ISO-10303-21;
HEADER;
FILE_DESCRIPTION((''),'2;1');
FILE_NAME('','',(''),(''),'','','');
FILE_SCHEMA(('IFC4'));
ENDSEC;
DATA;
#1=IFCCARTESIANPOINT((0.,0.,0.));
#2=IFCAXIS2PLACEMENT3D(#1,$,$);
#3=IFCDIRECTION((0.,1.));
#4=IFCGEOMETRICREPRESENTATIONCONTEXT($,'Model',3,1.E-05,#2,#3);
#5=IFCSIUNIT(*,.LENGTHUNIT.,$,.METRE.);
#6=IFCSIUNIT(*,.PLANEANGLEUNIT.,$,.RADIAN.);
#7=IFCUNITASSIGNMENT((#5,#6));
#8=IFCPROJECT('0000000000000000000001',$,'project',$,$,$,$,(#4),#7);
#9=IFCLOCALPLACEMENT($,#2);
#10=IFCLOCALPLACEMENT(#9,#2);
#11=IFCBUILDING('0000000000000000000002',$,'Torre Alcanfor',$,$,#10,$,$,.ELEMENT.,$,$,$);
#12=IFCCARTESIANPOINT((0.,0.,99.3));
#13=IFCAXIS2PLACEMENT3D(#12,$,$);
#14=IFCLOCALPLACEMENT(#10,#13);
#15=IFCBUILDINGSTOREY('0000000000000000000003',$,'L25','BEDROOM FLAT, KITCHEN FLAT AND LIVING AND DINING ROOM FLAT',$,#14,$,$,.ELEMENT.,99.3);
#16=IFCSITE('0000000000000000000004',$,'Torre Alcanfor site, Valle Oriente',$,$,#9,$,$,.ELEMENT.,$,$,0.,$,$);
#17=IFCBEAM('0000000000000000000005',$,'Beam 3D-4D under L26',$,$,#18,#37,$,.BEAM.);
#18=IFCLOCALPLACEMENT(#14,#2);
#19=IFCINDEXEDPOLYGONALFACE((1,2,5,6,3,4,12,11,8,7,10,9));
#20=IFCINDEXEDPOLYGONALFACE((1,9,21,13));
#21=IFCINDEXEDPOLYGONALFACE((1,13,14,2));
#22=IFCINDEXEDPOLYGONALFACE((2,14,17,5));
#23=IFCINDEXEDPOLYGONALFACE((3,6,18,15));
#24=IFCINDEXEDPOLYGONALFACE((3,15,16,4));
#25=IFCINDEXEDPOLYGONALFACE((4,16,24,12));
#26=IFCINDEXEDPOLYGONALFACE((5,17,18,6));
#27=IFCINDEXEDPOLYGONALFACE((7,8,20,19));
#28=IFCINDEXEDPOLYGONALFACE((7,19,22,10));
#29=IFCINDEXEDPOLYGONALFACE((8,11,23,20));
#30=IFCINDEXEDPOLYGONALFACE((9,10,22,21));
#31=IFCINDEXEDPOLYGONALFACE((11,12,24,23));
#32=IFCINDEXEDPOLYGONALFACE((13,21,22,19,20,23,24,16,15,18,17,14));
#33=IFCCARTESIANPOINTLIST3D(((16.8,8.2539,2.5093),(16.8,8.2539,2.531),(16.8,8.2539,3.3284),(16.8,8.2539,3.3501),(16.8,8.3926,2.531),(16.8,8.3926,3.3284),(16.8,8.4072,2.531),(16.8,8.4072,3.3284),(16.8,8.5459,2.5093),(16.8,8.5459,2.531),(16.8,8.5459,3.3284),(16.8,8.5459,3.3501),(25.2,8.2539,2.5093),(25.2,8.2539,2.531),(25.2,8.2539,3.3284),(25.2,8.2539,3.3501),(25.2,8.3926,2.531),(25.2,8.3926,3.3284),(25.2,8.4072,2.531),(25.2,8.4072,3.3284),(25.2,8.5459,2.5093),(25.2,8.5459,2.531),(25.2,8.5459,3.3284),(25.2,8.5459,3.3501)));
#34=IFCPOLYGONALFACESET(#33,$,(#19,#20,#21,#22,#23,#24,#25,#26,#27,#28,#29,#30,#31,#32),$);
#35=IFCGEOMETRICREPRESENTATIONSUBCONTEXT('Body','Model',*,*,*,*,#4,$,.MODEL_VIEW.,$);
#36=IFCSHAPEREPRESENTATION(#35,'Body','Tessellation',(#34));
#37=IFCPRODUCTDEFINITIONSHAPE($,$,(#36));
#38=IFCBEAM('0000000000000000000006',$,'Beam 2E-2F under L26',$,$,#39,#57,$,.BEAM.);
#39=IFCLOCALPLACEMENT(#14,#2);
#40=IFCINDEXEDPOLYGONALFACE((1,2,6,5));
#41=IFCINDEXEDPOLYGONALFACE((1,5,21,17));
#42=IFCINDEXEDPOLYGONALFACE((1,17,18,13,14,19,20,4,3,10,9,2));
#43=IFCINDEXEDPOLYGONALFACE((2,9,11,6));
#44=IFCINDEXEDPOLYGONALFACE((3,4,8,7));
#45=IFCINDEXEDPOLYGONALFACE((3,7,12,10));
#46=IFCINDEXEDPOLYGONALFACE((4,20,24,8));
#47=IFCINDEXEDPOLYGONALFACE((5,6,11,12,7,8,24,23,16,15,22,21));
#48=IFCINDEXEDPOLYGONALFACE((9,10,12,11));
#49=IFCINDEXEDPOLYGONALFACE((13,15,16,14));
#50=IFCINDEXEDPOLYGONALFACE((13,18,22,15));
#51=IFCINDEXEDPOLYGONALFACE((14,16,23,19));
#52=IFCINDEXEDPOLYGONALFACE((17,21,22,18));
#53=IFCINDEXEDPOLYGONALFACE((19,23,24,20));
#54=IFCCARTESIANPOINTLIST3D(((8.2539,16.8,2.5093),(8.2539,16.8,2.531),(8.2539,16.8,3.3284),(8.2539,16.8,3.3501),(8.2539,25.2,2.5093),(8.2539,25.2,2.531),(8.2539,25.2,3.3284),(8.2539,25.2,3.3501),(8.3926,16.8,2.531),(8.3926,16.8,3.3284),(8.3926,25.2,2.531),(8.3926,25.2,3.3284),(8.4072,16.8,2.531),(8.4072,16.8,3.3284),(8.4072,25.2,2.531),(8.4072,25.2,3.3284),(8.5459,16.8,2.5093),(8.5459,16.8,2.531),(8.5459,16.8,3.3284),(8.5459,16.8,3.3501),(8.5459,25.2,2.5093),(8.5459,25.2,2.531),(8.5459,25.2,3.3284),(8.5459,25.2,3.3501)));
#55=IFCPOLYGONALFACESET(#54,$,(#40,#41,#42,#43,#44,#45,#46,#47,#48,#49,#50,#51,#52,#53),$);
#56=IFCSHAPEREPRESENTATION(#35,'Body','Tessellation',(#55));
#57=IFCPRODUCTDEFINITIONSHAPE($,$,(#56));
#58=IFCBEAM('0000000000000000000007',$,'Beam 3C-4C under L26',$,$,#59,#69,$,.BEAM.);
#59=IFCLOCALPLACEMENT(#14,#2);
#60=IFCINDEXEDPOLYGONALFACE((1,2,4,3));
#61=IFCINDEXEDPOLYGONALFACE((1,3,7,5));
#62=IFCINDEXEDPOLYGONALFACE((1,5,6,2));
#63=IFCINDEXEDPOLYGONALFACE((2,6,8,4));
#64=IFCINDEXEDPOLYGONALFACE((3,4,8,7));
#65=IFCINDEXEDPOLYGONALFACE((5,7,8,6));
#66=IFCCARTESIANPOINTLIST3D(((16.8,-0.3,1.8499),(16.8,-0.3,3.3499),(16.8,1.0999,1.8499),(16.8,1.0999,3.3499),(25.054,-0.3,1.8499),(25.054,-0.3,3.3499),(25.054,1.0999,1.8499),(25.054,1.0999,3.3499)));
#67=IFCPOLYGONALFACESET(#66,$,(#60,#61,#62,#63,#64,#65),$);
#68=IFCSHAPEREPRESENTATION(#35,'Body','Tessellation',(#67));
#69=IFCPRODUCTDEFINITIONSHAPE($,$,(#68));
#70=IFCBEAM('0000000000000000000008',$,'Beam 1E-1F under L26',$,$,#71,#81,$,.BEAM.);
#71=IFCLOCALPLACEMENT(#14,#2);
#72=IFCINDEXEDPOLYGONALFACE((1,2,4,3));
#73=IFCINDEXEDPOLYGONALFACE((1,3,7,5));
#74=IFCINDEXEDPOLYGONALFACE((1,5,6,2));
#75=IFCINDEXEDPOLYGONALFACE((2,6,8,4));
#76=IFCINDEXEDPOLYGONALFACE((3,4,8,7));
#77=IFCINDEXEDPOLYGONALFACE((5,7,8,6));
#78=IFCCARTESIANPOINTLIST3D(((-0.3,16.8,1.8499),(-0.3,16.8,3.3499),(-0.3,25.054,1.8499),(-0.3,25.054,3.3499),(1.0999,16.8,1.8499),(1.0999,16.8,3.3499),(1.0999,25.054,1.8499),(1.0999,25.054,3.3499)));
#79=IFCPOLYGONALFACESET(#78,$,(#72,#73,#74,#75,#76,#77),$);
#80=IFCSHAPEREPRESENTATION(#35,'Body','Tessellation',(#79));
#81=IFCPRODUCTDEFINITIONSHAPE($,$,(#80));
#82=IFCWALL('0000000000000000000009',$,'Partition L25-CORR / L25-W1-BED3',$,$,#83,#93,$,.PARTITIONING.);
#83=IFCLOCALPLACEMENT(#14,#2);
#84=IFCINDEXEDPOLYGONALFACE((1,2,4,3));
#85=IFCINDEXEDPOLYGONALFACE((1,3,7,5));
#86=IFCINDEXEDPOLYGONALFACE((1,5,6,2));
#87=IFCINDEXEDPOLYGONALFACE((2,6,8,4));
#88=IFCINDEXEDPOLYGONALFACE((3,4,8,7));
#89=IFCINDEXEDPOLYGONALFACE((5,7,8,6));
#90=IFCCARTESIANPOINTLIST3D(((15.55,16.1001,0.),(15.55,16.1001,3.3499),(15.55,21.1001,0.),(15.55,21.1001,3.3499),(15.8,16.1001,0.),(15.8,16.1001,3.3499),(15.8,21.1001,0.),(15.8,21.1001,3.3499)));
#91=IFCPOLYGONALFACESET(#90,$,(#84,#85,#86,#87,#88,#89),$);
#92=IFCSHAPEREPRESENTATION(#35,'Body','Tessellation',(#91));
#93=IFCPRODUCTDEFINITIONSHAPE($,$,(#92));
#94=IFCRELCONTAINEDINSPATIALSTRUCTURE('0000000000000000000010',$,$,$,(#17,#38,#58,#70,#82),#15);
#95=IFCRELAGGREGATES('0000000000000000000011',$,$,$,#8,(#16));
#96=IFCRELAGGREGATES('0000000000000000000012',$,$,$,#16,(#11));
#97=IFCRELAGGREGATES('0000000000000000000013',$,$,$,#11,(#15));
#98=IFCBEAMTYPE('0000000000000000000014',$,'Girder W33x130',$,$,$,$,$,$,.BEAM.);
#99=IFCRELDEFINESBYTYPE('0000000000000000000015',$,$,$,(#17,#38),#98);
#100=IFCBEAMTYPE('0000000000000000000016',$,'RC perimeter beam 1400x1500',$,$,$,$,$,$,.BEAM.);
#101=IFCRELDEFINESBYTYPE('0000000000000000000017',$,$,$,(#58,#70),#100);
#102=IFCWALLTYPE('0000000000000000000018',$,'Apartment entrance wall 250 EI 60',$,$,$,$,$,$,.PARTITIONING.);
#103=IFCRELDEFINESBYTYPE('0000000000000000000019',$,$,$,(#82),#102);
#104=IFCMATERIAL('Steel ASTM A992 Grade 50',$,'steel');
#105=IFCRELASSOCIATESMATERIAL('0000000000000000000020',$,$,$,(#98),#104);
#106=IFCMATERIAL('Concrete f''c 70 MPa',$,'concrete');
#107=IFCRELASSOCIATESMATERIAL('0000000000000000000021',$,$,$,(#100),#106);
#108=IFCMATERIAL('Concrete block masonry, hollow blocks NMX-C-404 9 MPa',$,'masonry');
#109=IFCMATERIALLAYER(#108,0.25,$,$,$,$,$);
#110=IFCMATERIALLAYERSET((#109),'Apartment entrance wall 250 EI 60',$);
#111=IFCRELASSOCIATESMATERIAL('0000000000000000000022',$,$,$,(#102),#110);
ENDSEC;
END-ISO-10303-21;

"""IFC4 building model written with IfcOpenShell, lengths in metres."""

from ifc_helpers import new_model, si_unit, direction, frame, frame_2d, origin, origin_2d, place, context, subcontext, project, spatial, rectangle, i_section, extrude, material, layer, layer_set, material_profile, profile_set, type_object, element, save


model = new_model("IFC4")

# Units and contexts
model_context = context("Model", 3, precision=1e-05, world=origin(), true_north=direction((0.0, 1.0)))
body_context = subcontext(model_context, "Body", "Model", "MODEL_VIEW")
ifc_project = project(units=[si_unit("LENGTHUNIT", "METRE"), si_unit("PLANEANGLEUNIT", "RADIAN")], contexts=[model_context])

# Site, building, storey
site_placement = place(None, origin())
site = spatial("IfcSite", under=ifc_project, at=site_placement, Name="Torre Alcanfor site, Valle Oriente", CompositionType="ELEMENT", RefElevation=0.0)
building_placement = place(site_placement, origin())
building = spatial("IfcBuilding", under=site, at=building_placement, Name="Torre Alcanfor", CompositionType="ELEMENT")
storey_placement = place(building_placement, frame((0.0, 0.0, 99.3)))
storey = spatial("IfcBuildingStorey", under=building, at=storey_placement, Name="L25", Description="BEDROOM FLAT, KITCHEN FLAT AND LIVING AND DINING ROOM FLAT", CompositionType="ELEMENT", Elevation=99.3)

# Beams
ifc_material_1 = material(Name="Steel ASTM A992 Grade 50", Category="steel")
ifc_material_profile_1 = material_profile(ifc_material_1, i_section(OverallWidth=0.292, OverallDepth=0.8408, WebThickness=0.0146, FlangeThickness=0.0217, at=origin_2d()), Name="W33x130")
ifc_profile_set_1 = profile_set([ifc_material_profile_1], Name="Steel ASTM A992 Grade 50")
beam_type_1 = type_object("IfcBeamType", Name="Girder W33x130", PredefinedType="BEAM", material=ifc_profile_set_1)
for number, where, z_axis, x_axis, name in (
    (1, (16.8, 8.3999, 2.9297), (1.0, 0.0, 0.0), (0.0, 1.0, 0.0), "Beam 3D-4D under L26"),
    (2, (8.3999, 16.8, 2.9297), (0.0, 1.0, 0.0), (-1.0, 0.0, 0.0), "Beam 2E-2F under L26"),
):
    element("IfcBeam", number, at=place(storey_placement, frame(where, z_axis=z_axis, x_axis=x_axis)), inside=storey, type_object=beam_type_1, Name=name, PredefinedType="BEAM", context=body_context, shape_type="SweptSolid", body=[
        extrude(i_section(OverallWidth=0.292, OverallDepth=0.8408, WebThickness=0.0146, FlangeThickness=0.0217, at=origin_2d()), origin(), (0.0, 0.0, 1.0), 8.3999),
    ])
ifc_material_2 = material(Name="Concrete f'c 70 MPa", Category="concrete")
ifc_material_profile_2 = material_profile(ifc_material_2, rectangle(XDim=1.3999, YDim=1.5, at=origin_2d()), Name="1400x1500")
ifc_profile_set_2 = profile_set([ifc_material_profile_2], Name="Concrete f'c 70 MPa")
beam_type_2 = type_object("IfcBeamType", Name="RC perimeter beam 1400x1500", PredefinedType="BEAM", material=ifc_profile_set_2)
for number, where, z_axis, x_axis, name in (
    (3, (16.8, 0.3999, 2.5999), (1.0, 0.0, 0.0), (0.0, 1.0, 0.0), "Beam 3C-4C under L26"),
    (4, (0.3999, 16.8, 2.5999), (0.0, 1.0, 0.0), (-1.0, 0.0, 0.0), "Beam 1E-1F under L26"),
):
    element("IfcBeam", number, at=place(storey_placement, frame(where, z_axis=z_axis, x_axis=x_axis)), inside=storey, type_object=beam_type_2, Name=name, PredefinedType="BEAM", context=body_context, shape_type="SweptSolid", body=[
        extrude(rectangle(XDim=1.3999, YDim=1.5, at=origin_2d()), origin(), (0.0, 0.0, 1.0), 8.2539),
    ])

# Wall
ifc_material_3 = material(Name="Concrete block masonry, hollow blocks NMX-C-404 9 MPa", Category="masonry")
ifc_layer_1 = layer(ifc_material_3, 0.25)
ifc_layer_set_1 = layer_set([ifc_layer_1], Name="Apartment entrance wall 250 EI 60")
wall_type_1 = type_object("IfcWallType", Name="Apartment entrance wall 250 EI 60", PredefinedType="PARTITIONING", material=ifc_layer_set_1)
wall_1_placement = place(storey_placement, frame((15.675, 16.1001, 0.0), z_axis=(0.0, 0.0, 1.0), x_axis=(0.0, 1.0, 0.0)))
element("IfcWall", 5, at=wall_1_placement, inside=storey, type_object=wall_type_1, Name="Partition L25-CORR / L25-W1-BED3", PredefinedType="PARTITIONING", context=body_context, shape_type="SweptSolid", body=[
    extrude(rectangle(XDim=5.0, YDim=0.25, at=frame_2d((2.5, 0.0))), origin(), (0.0, 0.0, 1.0), 3.3499),
])

save(model, "model.ifc")
